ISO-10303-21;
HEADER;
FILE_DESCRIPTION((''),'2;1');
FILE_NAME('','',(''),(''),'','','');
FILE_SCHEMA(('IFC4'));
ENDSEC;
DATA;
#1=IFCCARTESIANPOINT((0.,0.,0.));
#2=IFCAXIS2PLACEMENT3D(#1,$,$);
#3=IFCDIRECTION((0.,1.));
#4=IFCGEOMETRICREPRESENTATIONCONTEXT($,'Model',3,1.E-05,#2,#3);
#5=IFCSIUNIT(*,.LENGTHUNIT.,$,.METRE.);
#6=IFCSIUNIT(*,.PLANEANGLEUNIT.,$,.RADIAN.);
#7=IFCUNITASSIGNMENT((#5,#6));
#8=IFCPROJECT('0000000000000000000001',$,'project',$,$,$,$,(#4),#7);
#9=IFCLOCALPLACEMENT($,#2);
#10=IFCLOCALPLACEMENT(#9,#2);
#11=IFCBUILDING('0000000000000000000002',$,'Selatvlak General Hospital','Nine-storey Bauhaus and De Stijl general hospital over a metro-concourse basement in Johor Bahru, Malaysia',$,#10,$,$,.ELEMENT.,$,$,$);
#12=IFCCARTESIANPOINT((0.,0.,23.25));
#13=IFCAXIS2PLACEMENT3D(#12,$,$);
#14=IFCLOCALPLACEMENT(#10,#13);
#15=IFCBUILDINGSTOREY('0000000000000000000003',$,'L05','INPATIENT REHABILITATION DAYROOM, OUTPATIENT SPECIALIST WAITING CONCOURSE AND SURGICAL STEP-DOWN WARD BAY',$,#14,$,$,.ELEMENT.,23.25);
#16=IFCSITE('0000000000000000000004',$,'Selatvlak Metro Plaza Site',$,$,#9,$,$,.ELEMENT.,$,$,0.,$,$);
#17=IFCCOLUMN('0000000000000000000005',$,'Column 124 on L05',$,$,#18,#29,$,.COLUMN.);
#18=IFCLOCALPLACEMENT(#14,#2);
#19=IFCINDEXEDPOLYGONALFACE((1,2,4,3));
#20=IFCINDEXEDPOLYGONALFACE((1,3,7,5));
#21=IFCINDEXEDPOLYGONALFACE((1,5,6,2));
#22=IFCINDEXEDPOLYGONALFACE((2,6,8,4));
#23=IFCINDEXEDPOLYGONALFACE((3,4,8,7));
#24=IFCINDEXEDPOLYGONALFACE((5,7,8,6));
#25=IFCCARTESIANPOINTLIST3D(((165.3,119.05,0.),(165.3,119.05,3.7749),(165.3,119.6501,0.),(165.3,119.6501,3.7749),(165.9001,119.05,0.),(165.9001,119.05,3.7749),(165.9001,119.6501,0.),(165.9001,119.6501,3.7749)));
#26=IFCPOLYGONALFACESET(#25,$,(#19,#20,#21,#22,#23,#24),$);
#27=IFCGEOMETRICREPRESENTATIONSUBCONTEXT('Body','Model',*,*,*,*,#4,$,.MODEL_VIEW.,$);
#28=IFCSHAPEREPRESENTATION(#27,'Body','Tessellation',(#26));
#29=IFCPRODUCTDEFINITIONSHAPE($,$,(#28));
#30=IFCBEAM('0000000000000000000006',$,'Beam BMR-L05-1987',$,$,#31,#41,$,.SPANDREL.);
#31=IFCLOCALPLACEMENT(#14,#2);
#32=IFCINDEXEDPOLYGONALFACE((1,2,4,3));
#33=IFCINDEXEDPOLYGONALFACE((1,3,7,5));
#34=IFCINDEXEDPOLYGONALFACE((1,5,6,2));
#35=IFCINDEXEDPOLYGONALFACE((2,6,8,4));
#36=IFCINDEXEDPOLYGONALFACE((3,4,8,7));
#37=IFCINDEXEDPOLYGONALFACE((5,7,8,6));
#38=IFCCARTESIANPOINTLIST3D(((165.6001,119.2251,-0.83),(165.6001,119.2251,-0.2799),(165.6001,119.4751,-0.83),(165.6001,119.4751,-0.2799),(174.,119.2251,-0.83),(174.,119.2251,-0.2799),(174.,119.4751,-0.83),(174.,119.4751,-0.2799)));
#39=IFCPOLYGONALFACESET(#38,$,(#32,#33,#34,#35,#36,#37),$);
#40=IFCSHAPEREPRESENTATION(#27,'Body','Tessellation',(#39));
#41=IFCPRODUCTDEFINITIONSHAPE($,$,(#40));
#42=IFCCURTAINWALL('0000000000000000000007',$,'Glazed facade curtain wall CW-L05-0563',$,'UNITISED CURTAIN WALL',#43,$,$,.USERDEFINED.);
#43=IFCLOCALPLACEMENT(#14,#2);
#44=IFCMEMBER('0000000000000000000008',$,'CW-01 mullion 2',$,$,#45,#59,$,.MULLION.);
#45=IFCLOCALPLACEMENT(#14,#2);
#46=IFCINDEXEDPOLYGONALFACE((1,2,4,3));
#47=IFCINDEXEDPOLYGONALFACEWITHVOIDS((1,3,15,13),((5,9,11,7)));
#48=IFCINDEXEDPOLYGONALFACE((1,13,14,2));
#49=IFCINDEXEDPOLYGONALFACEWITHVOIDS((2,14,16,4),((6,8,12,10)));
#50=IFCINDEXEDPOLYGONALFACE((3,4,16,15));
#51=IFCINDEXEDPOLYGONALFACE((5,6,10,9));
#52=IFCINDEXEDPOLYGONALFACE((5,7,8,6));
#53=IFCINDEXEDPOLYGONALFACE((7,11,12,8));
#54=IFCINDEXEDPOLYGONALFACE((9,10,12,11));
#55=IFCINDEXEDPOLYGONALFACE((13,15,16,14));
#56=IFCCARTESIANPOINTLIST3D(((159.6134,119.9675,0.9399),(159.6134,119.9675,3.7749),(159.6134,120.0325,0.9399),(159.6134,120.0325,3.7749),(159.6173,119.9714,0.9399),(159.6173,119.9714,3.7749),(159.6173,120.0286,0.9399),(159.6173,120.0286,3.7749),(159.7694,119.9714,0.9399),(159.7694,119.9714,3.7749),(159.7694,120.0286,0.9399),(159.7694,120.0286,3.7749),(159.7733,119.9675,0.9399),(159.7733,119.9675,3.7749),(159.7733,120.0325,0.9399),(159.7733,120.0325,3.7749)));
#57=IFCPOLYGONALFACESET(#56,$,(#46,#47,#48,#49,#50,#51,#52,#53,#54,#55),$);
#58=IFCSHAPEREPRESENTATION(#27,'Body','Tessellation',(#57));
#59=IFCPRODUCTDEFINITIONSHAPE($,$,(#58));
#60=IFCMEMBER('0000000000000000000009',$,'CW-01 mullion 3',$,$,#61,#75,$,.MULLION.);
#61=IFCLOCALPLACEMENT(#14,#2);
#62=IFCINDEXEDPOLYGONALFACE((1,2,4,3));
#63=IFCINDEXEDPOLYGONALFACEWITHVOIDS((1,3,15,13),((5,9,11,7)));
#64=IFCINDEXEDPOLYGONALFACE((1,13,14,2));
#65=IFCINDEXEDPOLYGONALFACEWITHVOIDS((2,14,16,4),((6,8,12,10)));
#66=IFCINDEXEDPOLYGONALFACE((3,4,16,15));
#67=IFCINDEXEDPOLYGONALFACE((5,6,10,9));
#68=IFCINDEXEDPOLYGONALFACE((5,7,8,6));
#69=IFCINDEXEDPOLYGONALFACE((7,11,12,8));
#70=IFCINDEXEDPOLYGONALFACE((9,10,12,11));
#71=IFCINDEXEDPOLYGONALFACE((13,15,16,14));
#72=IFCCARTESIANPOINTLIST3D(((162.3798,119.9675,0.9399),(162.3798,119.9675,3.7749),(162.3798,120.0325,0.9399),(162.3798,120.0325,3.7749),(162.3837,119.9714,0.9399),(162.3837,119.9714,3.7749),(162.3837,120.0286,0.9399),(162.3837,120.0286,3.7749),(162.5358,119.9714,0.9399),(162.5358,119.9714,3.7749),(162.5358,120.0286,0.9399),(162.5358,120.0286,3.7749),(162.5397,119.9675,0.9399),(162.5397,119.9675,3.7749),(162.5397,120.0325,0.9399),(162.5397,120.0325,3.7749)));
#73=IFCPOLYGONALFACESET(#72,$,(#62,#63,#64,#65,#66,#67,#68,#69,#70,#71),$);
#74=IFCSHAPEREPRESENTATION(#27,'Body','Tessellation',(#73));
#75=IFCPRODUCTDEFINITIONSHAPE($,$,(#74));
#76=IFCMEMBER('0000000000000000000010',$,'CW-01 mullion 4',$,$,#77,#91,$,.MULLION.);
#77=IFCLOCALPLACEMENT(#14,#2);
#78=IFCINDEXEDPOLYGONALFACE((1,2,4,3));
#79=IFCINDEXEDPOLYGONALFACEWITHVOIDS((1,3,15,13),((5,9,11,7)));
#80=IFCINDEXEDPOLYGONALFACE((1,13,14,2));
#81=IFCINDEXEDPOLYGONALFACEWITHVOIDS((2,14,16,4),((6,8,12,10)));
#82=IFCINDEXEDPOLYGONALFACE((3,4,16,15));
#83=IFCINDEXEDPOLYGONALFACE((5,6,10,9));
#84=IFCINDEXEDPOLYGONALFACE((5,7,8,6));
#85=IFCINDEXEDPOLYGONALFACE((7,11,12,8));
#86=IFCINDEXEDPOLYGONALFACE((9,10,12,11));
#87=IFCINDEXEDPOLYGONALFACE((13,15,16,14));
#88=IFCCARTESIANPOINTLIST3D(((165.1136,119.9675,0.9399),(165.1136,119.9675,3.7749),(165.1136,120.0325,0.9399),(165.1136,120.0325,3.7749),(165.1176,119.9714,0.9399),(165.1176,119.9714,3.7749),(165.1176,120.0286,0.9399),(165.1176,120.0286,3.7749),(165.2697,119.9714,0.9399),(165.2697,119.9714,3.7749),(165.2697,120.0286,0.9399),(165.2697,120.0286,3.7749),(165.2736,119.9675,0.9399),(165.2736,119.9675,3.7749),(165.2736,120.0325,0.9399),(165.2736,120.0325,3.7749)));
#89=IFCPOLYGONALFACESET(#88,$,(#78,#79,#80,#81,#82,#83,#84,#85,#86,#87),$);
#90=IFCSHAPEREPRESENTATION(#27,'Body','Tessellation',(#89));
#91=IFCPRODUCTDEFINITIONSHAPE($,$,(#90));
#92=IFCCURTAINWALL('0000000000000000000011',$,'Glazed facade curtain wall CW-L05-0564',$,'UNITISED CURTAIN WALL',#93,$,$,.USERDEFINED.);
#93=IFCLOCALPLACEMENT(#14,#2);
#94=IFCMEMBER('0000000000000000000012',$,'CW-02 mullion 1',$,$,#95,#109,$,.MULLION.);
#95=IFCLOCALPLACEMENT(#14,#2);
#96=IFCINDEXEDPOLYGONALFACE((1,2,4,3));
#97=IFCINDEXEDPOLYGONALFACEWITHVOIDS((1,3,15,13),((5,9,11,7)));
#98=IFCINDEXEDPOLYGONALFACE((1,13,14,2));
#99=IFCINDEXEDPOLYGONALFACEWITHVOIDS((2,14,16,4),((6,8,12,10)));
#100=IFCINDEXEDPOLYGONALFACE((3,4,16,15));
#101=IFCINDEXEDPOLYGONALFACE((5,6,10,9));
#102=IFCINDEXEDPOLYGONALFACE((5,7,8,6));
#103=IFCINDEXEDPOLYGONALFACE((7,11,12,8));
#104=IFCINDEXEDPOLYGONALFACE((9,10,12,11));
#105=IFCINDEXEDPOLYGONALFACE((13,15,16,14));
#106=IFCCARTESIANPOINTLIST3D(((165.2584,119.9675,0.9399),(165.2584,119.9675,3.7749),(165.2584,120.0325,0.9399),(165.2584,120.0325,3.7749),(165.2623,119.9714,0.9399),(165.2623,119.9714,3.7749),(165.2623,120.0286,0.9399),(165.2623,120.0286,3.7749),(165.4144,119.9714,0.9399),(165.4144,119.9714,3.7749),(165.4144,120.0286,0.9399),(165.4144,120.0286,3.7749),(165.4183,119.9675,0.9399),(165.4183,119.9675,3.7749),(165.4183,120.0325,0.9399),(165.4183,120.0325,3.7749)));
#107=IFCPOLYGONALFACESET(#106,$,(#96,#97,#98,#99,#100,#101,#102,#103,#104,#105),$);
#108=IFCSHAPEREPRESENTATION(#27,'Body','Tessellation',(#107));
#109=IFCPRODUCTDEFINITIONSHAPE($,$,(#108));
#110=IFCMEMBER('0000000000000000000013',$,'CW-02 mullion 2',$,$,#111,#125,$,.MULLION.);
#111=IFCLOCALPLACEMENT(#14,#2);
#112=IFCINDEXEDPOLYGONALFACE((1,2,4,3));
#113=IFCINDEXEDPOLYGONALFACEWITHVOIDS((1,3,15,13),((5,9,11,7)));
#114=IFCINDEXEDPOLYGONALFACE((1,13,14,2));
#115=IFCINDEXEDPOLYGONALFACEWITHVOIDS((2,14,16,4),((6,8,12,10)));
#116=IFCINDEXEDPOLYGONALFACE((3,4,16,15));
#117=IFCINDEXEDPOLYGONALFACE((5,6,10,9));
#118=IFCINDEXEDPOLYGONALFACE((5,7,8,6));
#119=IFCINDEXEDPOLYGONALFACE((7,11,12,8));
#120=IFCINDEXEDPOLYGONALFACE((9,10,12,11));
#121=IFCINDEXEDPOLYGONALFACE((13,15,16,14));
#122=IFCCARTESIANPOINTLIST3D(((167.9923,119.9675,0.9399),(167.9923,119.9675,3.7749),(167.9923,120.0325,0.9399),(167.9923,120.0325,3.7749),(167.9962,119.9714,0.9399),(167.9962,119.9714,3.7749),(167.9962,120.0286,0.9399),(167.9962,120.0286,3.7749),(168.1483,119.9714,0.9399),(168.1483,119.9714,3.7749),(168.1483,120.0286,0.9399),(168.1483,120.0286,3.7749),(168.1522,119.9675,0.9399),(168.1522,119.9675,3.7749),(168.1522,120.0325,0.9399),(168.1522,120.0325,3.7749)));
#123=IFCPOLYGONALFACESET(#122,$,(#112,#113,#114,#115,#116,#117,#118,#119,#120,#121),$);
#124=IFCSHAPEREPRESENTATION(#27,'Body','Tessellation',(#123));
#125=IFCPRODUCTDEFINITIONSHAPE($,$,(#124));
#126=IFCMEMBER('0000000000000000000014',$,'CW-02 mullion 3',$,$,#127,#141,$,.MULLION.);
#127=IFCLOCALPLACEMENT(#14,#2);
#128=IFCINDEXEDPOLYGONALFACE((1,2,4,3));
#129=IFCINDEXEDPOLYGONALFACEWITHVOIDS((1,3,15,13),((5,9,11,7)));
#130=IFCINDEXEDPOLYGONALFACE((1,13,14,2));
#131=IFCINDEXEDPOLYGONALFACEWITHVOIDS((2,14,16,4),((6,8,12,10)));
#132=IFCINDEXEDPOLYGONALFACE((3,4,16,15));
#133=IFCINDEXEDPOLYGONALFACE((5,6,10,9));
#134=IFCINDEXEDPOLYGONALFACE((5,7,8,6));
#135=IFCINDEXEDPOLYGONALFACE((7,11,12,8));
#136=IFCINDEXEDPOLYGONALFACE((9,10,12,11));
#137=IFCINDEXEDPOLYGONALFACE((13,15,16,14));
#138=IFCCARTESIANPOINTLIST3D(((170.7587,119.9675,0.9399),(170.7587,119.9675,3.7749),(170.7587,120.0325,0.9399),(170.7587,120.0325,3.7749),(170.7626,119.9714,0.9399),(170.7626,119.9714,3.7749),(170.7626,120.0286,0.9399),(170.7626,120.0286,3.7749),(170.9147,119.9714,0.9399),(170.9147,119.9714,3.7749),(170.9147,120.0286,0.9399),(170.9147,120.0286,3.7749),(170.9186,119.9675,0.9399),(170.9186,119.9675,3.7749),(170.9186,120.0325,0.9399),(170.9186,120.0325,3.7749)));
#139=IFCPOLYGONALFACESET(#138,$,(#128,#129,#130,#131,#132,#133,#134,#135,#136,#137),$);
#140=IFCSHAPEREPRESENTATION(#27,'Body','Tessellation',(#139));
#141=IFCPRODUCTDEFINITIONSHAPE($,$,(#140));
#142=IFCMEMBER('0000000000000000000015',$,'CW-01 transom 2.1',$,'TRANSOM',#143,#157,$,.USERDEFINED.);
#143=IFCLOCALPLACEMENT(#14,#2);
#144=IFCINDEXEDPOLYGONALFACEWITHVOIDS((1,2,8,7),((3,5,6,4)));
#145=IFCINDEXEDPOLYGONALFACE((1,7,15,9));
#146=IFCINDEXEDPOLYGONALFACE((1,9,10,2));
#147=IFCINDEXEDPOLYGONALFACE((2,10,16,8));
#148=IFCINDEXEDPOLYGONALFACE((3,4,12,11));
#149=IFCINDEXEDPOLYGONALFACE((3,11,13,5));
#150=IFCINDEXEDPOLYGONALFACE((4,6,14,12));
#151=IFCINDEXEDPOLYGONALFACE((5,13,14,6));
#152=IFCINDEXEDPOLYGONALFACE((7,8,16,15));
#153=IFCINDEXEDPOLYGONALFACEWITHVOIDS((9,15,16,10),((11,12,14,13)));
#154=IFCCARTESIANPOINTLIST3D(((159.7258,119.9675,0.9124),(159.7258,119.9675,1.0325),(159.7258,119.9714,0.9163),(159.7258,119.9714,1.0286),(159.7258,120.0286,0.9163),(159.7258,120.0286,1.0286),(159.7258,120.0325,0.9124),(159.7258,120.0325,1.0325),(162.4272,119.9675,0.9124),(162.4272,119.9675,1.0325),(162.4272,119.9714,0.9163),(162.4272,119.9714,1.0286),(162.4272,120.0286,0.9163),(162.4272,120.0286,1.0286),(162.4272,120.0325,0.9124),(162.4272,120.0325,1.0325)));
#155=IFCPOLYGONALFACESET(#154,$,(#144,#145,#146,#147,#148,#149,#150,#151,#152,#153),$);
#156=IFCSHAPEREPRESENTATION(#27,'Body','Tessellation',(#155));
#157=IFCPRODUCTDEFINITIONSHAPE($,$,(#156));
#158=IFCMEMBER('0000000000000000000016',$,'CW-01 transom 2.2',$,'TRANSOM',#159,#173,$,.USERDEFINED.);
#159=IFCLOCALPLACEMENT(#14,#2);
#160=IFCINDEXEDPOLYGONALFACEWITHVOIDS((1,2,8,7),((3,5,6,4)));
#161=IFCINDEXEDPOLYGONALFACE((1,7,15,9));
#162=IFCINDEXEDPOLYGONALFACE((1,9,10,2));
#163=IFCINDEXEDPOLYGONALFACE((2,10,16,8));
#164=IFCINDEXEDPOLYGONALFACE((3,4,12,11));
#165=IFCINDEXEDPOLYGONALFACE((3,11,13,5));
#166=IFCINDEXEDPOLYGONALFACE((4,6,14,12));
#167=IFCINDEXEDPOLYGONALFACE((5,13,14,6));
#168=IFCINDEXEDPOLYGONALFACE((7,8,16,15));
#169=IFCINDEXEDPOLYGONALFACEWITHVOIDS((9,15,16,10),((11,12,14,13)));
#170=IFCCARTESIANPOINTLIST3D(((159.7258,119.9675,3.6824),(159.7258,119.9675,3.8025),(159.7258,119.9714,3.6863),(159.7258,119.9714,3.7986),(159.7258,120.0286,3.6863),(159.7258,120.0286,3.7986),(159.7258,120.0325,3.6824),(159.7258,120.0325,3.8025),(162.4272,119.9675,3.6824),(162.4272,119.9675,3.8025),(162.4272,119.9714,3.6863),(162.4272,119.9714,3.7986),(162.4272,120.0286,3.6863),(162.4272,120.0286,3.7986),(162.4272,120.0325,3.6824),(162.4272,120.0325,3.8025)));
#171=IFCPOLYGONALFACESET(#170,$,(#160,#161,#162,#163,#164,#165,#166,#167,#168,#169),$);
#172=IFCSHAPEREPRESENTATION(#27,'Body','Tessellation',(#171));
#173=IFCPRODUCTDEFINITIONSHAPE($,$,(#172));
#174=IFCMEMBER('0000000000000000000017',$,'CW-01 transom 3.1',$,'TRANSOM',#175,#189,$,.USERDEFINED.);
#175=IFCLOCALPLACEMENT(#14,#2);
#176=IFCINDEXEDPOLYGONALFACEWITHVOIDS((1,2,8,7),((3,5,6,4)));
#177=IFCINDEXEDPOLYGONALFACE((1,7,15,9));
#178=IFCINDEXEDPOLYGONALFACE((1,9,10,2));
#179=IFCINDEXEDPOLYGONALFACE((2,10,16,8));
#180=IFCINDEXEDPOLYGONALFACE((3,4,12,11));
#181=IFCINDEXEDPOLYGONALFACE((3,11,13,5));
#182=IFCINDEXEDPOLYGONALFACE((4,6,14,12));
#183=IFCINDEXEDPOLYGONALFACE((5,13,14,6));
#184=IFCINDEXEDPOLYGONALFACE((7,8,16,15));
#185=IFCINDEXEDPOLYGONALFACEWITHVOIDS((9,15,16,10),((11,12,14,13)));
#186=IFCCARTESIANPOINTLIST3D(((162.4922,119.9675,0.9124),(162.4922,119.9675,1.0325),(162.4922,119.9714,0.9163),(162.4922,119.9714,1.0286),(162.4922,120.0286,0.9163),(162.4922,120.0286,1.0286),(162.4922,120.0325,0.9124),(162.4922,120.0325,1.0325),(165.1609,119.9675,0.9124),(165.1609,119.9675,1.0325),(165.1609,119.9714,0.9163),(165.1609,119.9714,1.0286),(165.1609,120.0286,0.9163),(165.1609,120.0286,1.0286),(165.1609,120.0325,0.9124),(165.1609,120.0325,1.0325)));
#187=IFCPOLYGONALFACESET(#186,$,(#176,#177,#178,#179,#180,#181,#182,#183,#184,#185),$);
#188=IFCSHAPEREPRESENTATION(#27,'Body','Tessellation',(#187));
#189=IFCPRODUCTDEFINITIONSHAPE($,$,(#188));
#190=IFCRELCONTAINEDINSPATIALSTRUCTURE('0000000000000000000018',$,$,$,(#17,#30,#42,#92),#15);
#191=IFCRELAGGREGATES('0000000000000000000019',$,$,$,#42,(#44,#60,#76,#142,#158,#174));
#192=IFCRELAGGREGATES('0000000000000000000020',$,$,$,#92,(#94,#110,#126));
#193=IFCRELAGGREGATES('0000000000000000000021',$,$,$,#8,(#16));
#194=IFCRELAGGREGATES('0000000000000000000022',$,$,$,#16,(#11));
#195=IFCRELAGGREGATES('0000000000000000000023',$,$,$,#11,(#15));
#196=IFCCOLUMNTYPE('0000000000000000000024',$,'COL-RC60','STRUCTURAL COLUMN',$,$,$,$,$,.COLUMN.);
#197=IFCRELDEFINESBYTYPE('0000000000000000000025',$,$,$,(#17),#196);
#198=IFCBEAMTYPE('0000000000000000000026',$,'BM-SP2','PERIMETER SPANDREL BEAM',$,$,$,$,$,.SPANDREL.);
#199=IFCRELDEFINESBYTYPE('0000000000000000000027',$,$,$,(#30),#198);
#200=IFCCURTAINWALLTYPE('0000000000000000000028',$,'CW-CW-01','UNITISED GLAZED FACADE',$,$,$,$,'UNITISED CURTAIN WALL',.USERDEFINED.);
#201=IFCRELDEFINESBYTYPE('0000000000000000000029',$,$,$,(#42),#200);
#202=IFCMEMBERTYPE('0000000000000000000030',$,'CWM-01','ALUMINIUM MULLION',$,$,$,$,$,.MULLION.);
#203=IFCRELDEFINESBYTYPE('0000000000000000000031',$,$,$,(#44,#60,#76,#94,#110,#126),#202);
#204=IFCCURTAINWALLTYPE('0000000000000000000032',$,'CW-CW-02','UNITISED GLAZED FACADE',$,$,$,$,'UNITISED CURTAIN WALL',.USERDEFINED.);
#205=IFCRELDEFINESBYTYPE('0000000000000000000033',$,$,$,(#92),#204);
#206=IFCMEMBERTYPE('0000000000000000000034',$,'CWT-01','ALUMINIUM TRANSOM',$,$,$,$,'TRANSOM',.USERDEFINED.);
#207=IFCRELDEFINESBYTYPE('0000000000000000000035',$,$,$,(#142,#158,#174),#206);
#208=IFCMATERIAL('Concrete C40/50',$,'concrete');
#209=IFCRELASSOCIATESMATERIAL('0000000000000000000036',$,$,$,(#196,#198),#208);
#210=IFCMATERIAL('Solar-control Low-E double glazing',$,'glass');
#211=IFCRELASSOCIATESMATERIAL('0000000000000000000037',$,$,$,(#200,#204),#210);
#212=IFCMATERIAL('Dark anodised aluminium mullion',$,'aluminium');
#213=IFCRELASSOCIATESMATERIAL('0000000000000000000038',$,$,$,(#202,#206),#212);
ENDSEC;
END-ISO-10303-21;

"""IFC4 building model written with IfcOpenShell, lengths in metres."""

from ifc_helpers import new_model, si_unit, direction, frame, origin, origin_2d, place, context, subcontext, project, spatial, rectangle, hollow_rectangle, extrude, material, material_profile, profile_set, type_object, element, aggregate, save


model = new_model("IFC4")

# Units and contexts
model_context = context("Model", 3, precision=1e-05, world=origin(), true_north=direction((0.0, 1.0)))
body_context = subcontext(model_context, "Body", "Model", "MODEL_VIEW")
ifc_project = project(units=[si_unit("LENGTHUNIT", "METRE"), si_unit("PLANEANGLEUNIT", "RADIAN")], contexts=[model_context])

# Site, building, storey
site_placement = place(None, origin())
site = spatial("IfcSite", under=ifc_project, at=site_placement, Name="Selatvlak Metro Plaza Site", CompositionType="ELEMENT", RefElevation=0.0)
building_placement = place(site_placement, origin())
building = spatial("IfcBuilding", under=site, at=building_placement, Name="Selatvlak General Hospital", Description="Nine-storey Bauhaus and De Stijl general hospital over a metro-concourse basement in Johor Bahru, Malaysia", CompositionType="ELEMENT")
storey_placement = place(building_placement, frame((0.0, 0.0, 23.25)))
storey = spatial("IfcBuildingStorey", under=building, at=storey_placement, Name="L05", Description="INPATIENT REHABILITATION DAYROOM, OUTPATIENT SPECIALIST WAITING CONCOURSE AND SURGICAL STEP-DOWN WARD BAY", CompositionType="ELEMENT", Elevation=23.25)

# Column
ifc_material_1 = material(Name="Concrete C40/50", Category="concrete")
ifc_material_profile_1 = material_profile(ifc_material_1, rectangle(XDim=0.6001, YDim=0.6001, at=origin_2d()), Name="RC-COL 600x600")
ifc_profile_set_1 = profile_set([ifc_material_profile_1], Name="Concrete C40/50")
column_type = type_object("IfcColumnType", Name="COL-RC60", Description="STRUCTURAL COLUMN", PredefinedType="COLUMN", material=ifc_profile_set_1)
column_placement = place(storey_placement, frame((165.6001, 119.3501, 0.0), z_axis=(0.0, 0.0, 1.0), x_axis=(1.0, 0.0, 0.0)))
element("IfcColumn", 1, at=column_placement, inside=storey, type_object=column_type, Name="Column 124 on L05", PredefinedType="COLUMN", context=body_context, shape_type="SweptSolid", body=[
    extrude(rectangle(XDim=0.6001, YDim=0.6001, at=origin_2d()), origin(), (0.0, 0.0, 1.0), 3.7749),
])

# Beam
ifc_material_profile_2 = material_profile(ifc_material_1, rectangle(XDim=0.25, YDim=0.55, at=origin_2d()), Name="RC-SP 250x550")
ifc_profile_set_2 = profile_set([ifc_material_profile_2], Name="Concrete C40/50")
beam_type = type_object("IfcBeamType", Name="BM-SP2", Description="PERIMETER SPANDREL BEAM", PredefinedType="SPANDREL", material=ifc_profile_set_2)
beam_placement = place(storey_placement, frame((165.6001, 119.3501, -0.5549), z_axis=(1.0, 0.0, 0.0), x_axis=(0.0, 1.0, 0.0)))
element("IfcBeam", 2, at=beam_placement, inside=storey, type_object=beam_type, Name="Beam BMR-L05-1987", PredefinedType="SPANDREL", context=body_context, shape_type="SweptSolid", body=[
    extrude(rectangle(XDim=0.25, YDim=0.55, at=origin_2d()), origin(), (0.0, 0.0, 1.0), 8.3999),
])

# Curtain walls, members
ifc_material_2 = material(Name="Solar-control Low-E double glazing", Category="glass")
curtain_wall_type_1 = type_object("IfcCurtainWallType", Name="CW-CW-01", Description="UNITISED GLAZED FACADE", ElementType="UNITISED CURTAIN WALL", PredefinedType="USERDEFINED", material=ifc_material_2)
curtain_wall_1_placement = place(storey_placement, origin())
curtain_wall_1 = element("IfcCurtainWall", 3, at=curtain_wall_1_placement, inside=storey, type_object=curtain_wall_type_1, Name="Glazed facade curtain wall CW-L05-0563", ObjectType="UNITISED CURTAIN WALL", PredefinedType="USERDEFINED")
ifc_material_3 = material(Name="Dark anodised aluminium mullion", Category="aluminium")
ifc_material_profile_3 = material_profile(ifc_material_3, hollow_rectangle(XDim=0.0649, YDim=0.1599, WallThickness=0.0039, at=origin_2d()), Name="AL-MUL 65x160x4")
ifc_profile_set_3 = profile_set([ifc_material_profile_3], Name="Dark anodised aluminium mullion")
member_type_1 = type_object("IfcMemberType", Name="CWM-01", Description="ALUMINIUM MULLION", PredefinedType="MULLION", material=ifc_profile_set_3)
member_1_placement = place(storey_placement, frame((159.6934, 120.0, 0.9399), z_axis=(0.0, 0.0, 1.0), x_axis=(0.0, 1.0, 0.0)))
member_1 = element("IfcMember", 4, at=member_1_placement, type_object=member_type_1, Name="CW-01 mullion 2", PredefinedType="MULLION", context=body_context, shape_type="SweptSolid", body=[
    extrude(hollow_rectangle(XDim=0.0649, YDim=0.1599, WallThickness=0.0039, at=origin_2d()), origin(), (0.0, 0.0, 1.0), 2.835),
])
member_2_placement = place(storey_placement, frame((162.4597, 120.0, 0.9399), z_axis=(0.0, 0.0, 1.0), x_axis=(0.0, 1.0, 0.0)))
member_2 = element("IfcMember", 5, at=member_2_placement, type_object=member_type_1, Name="CW-01 mullion 3", PredefinedType="MULLION", context=body_context, shape_type="SweptSolid", body=[
    extrude(hollow_rectangle(XDim=0.0649, YDim=0.1599, WallThickness=0.0039, at=origin_2d()), origin(), (0.0, 0.0, 1.0), 2.835),
])
member_3_placement = place(storey_placement, frame((165.1936, 120.0, 0.9399), z_axis=(0.0, 0.0, 1.0), x_axis=(0.0, 1.0, 0.0)))
member_3 = element("IfcMember", 6, at=member_3_placement, type_object=member_type_1, Name="CW-01 mullion 4", PredefinedType="MULLION", context=body_context, shape_type="SweptSolid", body=[
    extrude(hollow_rectangle(XDim=0.0649, YDim=0.1599, WallThickness=0.0039, at=origin_2d()), origin(), (0.0, 0.0, 1.0), 2.835),
])
curtain_wall_type_2 = type_object("IfcCurtainWallType", Name="CW-CW-02", Description="UNITISED GLAZED FACADE", ElementType="UNITISED CURTAIN WALL", PredefinedType="USERDEFINED", material=ifc_material_2)
curtain_wall_2_placement = place(storey_placement, origin())
curtain_wall_2 = element("IfcCurtainWall", 7, at=curtain_wall_2_placement, inside=storey, type_object=curtain_wall_type_2, Name="Glazed facade curtain wall CW-L05-0564", ObjectType="UNITISED CURTAIN WALL", PredefinedType="USERDEFINED")
member_4_placement = place(storey_placement, frame((165.3384, 120.0, 0.9399), z_axis=(0.0, 0.0, 1.0), x_axis=(0.0, 1.0, 0.0)))
member_4 = element("IfcMember", 8, at=member_4_placement, type_object=member_type_1, Name="CW-02 mullion 1", PredefinedType="MULLION", context=body_context, shape_type="SweptSolid", body=[
    extrude(hollow_rectangle(XDim=0.0649, YDim=0.1599, WallThickness=0.0039, at=origin_2d()), origin(), (0.0, 0.0, 1.0), 2.835),
])
member_5_placement = place(storey_placement, frame((168.0723, 120.0, 0.9399), z_axis=(0.0, 0.0, 1.0), x_axis=(0.0, 1.0, 0.0)))
member_5 = element("IfcMember", 9, at=member_5_placement, type_object=member_type_1, Name="CW-02 mullion 2", PredefinedType="MULLION", context=body_context, shape_type="SweptSolid", body=[
    extrude(hollow_rectangle(XDim=0.0649, YDim=0.1599, WallThickness=0.0039, at=origin_2d()), origin(), (0.0, 0.0, 1.0), 2.835),
])
member_6_placement = place(storey_placement, frame((170.8386, 120.0, 0.9399), z_axis=(0.0, 0.0, 1.0), x_axis=(0.0, 1.0, 0.0)))
member_6 = element("IfcMember", 10, at=member_6_placement, type_object=member_type_1, Name="CW-02 mullion 3", PredefinedType="MULLION", context=body_context, shape_type="SweptSolid", body=[
    extrude(hollow_rectangle(XDim=0.0649, YDim=0.1599, WallThickness=0.0039, at=origin_2d()), origin(), (0.0, 0.0, 1.0), 2.835),
])

# Members
ifc_material_profile_4 = material_profile(ifc_material_3, hollow_rectangle(XDim=0.0649, YDim=0.1201, WallThickness=0.0039, at=origin_2d()), Name="AL-TRN 65x120x4")
ifc_profile_set_4 = profile_set([ifc_material_profile_4], Name="Dark anodised aluminium mullion")
member_type_2 = type_object("IfcMemberType", Name="CWT-01", Description="ALUMINIUM TRANSOM", ElementType="TRANSOM", PredefinedType="USERDEFINED", material=ifc_profile_set_4)
member_7_placement = place(storey_placement, frame((159.7258, 120.0, 0.9724), z_axis=(1.0, 0.0, 0.0), x_axis=(0.0, 1.0, 0.0)))
member_7 = element("IfcMember", 11, at=member_7_placement, type_object=member_type_2, Name="CW-01 transom 2.1", ObjectType="TRANSOM", PredefinedType="USERDEFINED", context=body_context, shape_type="SweptSolid", body=[
    extrude(hollow_rectangle(XDim=0.0649, YDim=0.1201, WallThickness=0.0039, at=origin_2d()), origin(), (0.0, 0.0, 1.0), 2.7014),
])
member_8_placement = place(storey_placement, frame((159.7258, 120.0, 3.7424), z_axis=(1.0, 0.0, 0.0), x_axis=(0.0, 1.0, 0.0)))
member_8 = element("IfcMember", 12, at=member_8_placement, type_object=member_type_2, Name="CW-01 transom 2.2", ObjectType="TRANSOM", PredefinedType="USERDEFINED", context=body_context, shape_type="SweptSolid", body=[
    extrude(hollow_rectangle(XDim=0.0649, YDim=0.1201, WallThickness=0.0039, at=origin_2d()), origin(), (0.0, 0.0, 1.0), 2.7014),
])
member_9_placement = place(storey_placement, frame((162.4922, 120.0, 0.9724), z_axis=(1.0, 0.0, 0.0), x_axis=(0.0, 1.0, 0.0)))
member_9 = element("IfcMember", 13, at=member_9_placement, type_object=member_type_2, Name="CW-01 transom 3.1", ObjectType="TRANSOM", PredefinedType="USERDEFINED", context=body_context, shape_type="SweptSolid", body=[
    extrude(hollow_rectangle(XDim=0.0649, YDim=0.1201, WallThickness=0.0039, at=origin_2d()), origin(), (0.0, 0.0, 1.0), 2.6687),
])

aggregate(curtain_wall_1, [member_1, member_2, member_3, member_7, member_8, member_9])
aggregate(curtain_wall_2, [member_4, member_5, member_6])

save(model, "model.ifc")
